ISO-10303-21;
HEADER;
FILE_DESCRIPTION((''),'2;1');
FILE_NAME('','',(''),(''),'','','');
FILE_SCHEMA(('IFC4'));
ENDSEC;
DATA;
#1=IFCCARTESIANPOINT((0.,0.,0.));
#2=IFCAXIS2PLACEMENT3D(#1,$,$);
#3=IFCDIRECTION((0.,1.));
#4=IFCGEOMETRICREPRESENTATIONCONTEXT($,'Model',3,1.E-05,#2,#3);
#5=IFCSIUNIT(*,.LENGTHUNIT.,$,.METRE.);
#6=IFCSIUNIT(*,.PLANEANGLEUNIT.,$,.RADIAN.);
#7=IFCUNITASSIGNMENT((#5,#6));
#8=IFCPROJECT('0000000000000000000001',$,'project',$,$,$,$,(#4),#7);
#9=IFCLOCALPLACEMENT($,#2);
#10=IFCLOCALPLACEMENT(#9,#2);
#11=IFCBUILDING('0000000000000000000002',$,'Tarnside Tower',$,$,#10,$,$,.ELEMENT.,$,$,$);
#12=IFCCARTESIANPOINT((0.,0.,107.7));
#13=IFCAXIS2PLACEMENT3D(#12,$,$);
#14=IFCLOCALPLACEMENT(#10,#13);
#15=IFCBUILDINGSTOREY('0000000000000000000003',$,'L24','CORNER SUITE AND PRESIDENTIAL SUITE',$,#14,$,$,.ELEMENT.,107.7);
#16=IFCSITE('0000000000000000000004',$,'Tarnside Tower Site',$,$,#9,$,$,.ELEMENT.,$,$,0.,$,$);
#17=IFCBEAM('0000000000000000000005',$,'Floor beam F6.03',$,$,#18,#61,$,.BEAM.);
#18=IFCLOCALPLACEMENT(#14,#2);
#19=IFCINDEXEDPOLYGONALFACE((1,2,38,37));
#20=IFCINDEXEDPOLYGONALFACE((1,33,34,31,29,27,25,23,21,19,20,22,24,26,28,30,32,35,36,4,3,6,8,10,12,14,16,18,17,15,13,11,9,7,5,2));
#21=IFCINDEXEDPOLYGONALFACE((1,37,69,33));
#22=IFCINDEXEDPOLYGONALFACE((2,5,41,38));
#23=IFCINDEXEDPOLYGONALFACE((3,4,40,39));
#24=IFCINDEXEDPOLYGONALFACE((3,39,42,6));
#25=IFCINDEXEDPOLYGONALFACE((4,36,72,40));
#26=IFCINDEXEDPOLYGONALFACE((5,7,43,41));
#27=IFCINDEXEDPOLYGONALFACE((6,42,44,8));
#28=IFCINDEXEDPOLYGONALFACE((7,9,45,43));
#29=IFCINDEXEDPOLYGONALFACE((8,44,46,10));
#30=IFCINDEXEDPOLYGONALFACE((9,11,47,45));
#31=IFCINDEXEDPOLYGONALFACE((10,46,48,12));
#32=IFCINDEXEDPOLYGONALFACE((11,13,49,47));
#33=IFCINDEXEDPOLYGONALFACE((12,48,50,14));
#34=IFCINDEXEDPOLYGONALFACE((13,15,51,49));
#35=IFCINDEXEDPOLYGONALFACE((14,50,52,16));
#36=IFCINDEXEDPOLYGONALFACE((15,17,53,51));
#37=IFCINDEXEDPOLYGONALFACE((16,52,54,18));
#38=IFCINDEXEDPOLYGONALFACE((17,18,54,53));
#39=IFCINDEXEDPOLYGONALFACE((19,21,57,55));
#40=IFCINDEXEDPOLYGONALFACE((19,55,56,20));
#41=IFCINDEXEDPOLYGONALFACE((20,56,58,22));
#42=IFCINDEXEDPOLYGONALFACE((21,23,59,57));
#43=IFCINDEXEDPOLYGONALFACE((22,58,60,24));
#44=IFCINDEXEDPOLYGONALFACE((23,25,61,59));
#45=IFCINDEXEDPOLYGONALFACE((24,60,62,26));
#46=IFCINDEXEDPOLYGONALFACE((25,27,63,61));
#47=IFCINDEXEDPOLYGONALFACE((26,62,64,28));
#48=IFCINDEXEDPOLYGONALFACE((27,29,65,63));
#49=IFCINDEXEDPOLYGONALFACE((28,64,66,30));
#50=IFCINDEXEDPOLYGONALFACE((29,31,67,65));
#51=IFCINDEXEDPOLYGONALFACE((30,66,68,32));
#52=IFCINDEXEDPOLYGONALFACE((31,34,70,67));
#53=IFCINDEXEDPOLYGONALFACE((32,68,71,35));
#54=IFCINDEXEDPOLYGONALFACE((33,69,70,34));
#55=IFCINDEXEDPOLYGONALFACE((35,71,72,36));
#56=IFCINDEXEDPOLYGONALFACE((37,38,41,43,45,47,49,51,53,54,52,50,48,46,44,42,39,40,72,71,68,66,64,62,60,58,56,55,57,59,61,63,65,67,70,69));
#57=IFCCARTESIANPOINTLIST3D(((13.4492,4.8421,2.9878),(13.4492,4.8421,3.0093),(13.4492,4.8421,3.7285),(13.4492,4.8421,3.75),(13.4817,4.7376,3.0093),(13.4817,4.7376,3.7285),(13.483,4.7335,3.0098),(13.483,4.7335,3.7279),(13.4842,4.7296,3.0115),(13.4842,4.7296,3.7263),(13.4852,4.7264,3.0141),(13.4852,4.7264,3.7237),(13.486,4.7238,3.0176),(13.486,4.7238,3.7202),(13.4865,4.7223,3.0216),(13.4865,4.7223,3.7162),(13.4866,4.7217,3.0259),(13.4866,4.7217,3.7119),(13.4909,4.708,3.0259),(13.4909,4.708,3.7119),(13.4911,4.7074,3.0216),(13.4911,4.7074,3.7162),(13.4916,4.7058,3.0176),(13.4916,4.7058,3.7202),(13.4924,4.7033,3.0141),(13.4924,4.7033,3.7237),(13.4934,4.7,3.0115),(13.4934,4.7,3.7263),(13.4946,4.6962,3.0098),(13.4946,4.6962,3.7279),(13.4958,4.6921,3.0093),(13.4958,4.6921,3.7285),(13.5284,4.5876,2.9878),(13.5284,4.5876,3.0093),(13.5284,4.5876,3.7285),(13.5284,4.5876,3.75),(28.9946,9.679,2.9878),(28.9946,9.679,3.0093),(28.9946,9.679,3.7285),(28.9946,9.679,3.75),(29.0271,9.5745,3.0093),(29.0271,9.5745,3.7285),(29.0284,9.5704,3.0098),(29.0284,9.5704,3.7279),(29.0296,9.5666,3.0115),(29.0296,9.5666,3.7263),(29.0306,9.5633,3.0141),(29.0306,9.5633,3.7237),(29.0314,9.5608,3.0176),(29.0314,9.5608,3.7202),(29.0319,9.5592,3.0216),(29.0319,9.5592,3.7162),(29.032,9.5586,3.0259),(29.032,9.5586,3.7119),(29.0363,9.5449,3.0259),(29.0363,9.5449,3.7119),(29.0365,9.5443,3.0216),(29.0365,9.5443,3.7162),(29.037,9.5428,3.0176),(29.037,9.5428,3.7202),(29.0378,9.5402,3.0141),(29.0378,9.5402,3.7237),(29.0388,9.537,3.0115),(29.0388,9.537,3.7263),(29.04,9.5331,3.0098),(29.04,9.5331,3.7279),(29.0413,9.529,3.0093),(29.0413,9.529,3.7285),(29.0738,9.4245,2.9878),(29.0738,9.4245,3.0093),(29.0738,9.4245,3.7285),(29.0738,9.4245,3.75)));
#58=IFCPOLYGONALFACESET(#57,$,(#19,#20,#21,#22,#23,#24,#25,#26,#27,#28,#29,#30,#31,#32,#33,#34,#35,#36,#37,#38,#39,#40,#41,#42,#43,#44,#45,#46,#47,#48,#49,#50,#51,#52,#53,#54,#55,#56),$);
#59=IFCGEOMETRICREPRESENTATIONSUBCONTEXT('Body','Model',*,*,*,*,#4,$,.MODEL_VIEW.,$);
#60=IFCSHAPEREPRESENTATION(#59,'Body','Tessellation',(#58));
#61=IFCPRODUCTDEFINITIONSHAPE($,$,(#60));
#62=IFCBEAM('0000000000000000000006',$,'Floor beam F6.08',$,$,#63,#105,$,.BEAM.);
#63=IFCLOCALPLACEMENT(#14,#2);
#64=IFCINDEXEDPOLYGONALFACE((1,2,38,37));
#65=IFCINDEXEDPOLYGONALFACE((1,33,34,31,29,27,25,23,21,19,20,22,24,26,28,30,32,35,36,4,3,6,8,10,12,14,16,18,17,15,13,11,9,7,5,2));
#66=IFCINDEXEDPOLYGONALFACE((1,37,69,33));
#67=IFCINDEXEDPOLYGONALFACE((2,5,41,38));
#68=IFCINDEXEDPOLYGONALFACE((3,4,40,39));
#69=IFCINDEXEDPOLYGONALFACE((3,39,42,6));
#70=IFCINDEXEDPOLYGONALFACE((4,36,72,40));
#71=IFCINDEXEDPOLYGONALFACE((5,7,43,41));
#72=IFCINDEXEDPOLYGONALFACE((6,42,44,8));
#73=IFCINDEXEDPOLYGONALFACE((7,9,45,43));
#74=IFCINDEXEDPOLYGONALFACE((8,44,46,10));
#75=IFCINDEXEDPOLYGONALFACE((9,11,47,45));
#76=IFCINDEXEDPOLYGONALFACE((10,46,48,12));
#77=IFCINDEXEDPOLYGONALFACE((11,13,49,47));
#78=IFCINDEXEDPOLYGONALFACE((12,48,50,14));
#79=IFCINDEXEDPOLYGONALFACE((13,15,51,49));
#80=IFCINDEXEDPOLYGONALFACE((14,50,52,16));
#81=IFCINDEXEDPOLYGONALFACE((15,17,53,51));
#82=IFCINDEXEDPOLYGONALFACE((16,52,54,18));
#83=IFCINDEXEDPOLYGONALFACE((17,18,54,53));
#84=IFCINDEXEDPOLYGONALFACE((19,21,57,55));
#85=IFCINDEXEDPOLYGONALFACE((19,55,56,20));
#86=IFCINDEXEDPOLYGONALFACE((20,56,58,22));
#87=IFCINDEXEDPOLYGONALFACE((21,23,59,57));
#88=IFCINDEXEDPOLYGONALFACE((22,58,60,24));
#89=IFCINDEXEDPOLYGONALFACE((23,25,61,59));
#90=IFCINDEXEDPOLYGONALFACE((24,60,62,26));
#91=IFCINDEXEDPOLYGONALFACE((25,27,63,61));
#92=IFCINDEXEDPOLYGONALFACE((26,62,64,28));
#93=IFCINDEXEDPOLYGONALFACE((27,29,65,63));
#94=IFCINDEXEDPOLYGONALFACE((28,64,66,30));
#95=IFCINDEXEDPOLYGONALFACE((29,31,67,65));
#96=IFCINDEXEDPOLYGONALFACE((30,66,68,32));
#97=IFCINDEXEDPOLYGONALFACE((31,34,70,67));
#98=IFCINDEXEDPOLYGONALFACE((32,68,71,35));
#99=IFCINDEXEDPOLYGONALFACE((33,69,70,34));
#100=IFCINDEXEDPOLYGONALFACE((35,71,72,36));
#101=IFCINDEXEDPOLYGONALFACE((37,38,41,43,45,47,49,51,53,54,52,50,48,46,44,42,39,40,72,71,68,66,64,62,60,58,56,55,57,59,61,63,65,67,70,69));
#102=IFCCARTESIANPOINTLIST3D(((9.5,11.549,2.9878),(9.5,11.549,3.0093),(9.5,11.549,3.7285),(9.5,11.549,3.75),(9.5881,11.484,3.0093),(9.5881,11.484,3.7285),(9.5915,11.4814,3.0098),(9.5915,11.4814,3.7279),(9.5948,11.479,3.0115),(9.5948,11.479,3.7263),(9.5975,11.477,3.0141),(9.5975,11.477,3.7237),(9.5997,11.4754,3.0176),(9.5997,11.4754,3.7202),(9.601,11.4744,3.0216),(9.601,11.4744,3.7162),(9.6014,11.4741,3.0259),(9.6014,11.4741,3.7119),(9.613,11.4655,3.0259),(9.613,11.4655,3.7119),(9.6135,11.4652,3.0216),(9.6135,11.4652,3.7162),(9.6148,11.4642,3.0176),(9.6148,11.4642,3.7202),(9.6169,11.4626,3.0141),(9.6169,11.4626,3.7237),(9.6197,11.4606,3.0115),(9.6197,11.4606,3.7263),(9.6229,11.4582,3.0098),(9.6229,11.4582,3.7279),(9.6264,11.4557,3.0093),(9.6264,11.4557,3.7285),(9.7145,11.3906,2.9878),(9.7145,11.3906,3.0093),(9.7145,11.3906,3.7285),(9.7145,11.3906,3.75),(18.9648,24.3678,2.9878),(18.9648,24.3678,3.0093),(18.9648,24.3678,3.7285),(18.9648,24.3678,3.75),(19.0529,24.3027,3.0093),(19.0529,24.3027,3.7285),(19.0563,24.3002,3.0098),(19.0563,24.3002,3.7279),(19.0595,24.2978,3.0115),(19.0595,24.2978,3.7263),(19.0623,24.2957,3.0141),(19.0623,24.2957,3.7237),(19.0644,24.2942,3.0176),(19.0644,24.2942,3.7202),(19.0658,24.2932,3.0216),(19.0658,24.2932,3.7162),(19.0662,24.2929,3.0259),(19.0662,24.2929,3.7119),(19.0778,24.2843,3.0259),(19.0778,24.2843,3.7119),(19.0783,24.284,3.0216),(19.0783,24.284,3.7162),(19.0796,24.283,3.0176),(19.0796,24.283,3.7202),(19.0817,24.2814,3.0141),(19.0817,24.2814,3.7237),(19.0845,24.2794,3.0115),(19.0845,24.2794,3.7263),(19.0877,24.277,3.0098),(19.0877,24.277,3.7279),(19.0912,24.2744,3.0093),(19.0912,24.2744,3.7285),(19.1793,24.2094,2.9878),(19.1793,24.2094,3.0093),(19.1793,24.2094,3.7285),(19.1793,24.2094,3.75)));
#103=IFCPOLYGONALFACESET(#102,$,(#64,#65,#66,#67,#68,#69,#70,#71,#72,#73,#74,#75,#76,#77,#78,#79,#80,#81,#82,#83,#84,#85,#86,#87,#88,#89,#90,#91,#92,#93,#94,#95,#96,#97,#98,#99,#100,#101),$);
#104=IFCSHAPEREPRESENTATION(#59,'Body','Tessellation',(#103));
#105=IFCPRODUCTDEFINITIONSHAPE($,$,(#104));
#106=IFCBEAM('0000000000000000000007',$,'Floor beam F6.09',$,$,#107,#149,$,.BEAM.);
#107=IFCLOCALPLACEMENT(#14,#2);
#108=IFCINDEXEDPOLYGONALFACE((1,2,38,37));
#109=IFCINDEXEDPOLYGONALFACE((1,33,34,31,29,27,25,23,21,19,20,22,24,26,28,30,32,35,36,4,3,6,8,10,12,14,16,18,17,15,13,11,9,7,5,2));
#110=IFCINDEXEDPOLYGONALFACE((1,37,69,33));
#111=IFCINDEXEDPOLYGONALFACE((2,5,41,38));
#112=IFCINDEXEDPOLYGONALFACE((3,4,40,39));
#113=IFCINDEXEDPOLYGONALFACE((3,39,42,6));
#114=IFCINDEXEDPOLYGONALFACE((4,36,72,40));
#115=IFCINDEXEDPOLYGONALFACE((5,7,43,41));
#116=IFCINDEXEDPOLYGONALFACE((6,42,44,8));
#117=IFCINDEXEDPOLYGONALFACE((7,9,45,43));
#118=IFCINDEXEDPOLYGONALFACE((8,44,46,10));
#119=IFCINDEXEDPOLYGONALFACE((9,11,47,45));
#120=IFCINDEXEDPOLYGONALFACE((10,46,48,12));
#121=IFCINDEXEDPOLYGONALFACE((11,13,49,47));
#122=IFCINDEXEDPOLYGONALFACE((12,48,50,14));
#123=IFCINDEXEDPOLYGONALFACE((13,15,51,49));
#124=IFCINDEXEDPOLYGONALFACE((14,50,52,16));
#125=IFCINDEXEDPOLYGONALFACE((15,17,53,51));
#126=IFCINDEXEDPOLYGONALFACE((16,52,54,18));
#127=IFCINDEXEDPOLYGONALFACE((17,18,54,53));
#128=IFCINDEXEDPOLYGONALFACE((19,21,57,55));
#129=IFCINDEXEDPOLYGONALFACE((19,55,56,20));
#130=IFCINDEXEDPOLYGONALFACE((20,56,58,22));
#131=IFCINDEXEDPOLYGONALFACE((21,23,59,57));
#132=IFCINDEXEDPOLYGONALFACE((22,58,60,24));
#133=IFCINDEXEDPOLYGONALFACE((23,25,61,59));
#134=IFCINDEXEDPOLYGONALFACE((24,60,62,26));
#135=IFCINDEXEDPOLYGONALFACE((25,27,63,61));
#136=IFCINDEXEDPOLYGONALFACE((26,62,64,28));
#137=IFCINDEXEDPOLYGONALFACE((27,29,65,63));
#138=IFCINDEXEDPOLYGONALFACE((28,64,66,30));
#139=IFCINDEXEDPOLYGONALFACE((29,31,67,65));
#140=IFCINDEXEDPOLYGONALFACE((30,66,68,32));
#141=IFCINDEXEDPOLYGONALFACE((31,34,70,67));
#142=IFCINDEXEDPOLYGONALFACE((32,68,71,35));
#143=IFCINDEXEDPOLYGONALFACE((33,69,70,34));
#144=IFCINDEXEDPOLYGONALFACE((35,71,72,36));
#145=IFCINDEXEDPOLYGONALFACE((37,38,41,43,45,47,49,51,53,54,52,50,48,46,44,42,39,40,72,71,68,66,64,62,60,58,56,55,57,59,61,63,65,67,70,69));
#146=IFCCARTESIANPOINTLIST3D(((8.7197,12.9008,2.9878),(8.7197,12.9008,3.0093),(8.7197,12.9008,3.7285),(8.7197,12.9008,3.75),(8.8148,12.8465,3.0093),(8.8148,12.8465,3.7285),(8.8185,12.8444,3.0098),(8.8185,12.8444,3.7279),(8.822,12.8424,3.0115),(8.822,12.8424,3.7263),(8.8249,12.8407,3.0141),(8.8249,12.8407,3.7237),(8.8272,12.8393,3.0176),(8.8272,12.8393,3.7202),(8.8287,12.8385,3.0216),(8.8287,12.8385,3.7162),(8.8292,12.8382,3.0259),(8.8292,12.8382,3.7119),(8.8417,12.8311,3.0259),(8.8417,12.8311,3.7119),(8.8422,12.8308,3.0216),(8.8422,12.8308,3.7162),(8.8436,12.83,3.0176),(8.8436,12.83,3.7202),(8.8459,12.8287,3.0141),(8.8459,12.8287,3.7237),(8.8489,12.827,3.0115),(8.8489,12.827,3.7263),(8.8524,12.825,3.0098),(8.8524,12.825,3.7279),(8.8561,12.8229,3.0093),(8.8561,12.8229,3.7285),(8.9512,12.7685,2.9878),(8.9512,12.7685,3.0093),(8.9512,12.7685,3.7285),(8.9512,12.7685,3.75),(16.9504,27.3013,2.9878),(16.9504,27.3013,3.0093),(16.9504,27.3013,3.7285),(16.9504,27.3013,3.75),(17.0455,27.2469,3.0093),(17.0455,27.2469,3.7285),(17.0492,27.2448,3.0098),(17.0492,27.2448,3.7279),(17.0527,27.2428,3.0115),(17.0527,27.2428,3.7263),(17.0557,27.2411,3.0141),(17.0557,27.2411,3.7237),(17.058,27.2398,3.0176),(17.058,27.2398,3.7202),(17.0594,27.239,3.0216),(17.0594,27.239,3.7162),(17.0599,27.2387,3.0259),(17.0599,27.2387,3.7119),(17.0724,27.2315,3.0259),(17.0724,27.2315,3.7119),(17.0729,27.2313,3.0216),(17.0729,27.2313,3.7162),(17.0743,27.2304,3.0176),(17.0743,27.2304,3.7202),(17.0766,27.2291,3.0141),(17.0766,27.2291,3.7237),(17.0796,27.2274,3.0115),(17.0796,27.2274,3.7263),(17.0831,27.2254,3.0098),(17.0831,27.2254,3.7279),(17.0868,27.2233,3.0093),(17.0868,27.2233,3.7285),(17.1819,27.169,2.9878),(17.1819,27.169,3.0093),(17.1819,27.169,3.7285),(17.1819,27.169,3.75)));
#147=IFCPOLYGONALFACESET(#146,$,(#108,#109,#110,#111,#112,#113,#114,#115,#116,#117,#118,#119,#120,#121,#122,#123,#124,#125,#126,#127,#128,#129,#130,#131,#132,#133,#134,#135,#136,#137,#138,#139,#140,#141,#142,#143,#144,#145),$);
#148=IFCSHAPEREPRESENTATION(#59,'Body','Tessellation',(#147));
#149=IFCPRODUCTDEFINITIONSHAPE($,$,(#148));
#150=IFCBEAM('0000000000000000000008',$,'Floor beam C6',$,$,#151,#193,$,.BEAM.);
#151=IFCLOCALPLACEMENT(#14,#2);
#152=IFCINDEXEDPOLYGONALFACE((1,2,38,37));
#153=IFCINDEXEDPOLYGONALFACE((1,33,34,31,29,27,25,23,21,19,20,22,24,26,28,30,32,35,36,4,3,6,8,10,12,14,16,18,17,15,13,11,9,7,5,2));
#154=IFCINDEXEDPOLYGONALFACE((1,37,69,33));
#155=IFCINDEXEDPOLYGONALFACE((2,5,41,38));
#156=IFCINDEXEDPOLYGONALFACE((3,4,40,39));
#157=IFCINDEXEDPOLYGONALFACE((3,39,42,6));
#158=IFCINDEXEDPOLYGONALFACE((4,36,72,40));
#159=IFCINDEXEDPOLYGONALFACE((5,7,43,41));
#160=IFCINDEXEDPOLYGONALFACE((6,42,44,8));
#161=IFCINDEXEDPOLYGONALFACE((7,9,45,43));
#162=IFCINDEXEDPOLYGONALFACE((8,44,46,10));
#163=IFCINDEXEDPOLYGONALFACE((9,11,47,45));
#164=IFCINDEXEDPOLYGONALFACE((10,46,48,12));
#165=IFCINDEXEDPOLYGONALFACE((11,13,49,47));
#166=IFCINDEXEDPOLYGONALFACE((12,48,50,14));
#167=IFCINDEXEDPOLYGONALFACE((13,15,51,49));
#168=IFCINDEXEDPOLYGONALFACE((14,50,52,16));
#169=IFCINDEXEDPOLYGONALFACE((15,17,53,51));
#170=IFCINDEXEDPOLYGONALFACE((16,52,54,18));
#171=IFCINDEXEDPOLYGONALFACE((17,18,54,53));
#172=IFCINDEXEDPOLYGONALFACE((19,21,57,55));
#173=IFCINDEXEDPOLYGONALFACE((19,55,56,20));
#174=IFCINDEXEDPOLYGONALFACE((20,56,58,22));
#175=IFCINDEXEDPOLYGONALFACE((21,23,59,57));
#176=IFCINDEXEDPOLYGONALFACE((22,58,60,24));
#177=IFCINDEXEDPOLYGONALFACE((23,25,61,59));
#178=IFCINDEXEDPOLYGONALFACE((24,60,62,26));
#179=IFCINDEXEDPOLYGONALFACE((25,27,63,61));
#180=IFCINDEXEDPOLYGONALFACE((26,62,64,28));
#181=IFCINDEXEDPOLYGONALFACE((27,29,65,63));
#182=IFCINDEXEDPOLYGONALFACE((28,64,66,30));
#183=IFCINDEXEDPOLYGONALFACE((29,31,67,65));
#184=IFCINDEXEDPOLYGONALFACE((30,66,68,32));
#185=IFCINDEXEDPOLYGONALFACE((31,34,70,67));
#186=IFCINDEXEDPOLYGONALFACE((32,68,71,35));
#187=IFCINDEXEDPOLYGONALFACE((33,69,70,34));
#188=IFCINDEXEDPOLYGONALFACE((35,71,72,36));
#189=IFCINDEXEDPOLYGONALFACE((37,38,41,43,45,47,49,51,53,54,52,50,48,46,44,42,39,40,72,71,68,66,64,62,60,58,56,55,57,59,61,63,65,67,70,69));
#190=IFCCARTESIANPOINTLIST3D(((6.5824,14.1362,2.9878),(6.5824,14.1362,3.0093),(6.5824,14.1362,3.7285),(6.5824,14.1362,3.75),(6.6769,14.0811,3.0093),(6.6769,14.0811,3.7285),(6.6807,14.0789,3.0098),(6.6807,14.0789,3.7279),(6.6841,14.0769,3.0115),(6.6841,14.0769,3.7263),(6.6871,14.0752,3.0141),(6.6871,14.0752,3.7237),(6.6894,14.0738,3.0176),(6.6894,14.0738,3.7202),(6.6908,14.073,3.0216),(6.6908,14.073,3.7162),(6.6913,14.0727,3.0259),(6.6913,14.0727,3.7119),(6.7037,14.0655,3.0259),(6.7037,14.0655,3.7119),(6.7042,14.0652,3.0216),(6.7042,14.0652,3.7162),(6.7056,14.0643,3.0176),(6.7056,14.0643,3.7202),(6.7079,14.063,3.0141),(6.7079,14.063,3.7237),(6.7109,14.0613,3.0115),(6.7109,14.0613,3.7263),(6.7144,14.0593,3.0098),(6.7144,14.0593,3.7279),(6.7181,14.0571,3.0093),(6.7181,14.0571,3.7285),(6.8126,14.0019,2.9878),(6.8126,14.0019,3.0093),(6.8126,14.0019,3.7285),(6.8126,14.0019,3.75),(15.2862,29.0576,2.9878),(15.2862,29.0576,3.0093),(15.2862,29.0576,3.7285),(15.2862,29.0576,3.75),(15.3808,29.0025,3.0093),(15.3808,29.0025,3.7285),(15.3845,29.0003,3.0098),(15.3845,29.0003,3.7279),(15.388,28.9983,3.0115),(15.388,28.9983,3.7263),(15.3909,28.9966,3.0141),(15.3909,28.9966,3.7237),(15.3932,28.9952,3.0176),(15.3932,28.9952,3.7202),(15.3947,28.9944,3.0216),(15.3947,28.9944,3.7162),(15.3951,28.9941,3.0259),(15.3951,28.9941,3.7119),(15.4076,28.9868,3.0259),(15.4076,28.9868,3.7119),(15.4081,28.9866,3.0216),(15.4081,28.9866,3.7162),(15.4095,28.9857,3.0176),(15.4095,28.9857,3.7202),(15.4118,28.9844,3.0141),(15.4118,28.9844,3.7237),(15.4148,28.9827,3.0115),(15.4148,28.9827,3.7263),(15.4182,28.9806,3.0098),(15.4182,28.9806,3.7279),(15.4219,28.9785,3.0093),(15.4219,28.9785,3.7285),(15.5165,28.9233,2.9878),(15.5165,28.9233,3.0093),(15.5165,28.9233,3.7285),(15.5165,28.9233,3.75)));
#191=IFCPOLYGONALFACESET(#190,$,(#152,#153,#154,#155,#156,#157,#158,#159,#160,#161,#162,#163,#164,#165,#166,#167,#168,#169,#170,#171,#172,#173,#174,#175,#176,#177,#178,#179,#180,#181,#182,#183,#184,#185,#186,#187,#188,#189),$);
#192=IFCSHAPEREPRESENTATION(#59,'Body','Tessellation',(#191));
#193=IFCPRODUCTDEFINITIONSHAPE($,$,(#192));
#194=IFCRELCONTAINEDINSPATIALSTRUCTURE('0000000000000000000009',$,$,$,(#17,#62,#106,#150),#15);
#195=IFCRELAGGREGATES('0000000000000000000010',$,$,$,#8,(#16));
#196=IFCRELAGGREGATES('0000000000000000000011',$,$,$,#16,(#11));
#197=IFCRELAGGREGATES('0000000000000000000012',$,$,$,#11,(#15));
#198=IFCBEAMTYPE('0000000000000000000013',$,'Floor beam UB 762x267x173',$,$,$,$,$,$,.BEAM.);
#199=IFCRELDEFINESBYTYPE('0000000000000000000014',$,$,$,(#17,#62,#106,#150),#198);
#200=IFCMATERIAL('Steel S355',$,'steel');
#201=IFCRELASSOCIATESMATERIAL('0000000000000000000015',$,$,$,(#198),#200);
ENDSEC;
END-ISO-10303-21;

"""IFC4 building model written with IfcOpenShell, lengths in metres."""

from ifc_helpers import new_model, si_unit, direction, frame, origin, origin_2d, place, context, subcontext, project, spatial, i_section, extrude, material, material_profile, profile_set, type_object, element, save


model = new_model("IFC4")

# Units and contexts
model_context = context("Model", 3, precision=1e-05, world=origin(), true_north=direction((0.0, 1.0)))
body_context = subcontext(model_context, "Body", "Model", "MODEL_VIEW")
ifc_project = project(units=[si_unit("LENGTHUNIT", "METRE"), si_unit("PLANEANGLEUNIT", "RADIAN")], contexts=[model_context])

# Site, building, storey
site_placement = place(None, origin())
site = spatial("IfcSite", under=ifc_project, at=site_placement, Name="Tarnside Tower Site", CompositionType="ELEMENT", RefElevation=0.0)
building_placement = place(site_placement, origin())
building = spatial("IfcBuilding", under=site, at=building_placement, Name="Tarnside Tower", CompositionType="ELEMENT")
storey_placement = place(building_placement, frame((0.0, 0.0, 107.7)))
storey = spatial("IfcBuildingStorey", under=building, at=storey_placement, Name="L24", Description="CORNER SUITE AND PRESIDENTIAL SUITE", CompositionType="ELEMENT", Elevation=107.7)

# Beams
ifc_material_1 = material(Name="Steel S355", Category="steel")
ifc_material_profile_1 = material_profile(ifc_material_1, i_section(OverallWidth=0.2666, OverallDepth=0.7622, WebThickness=0.0144, FlangeThickness=0.0215, FilletRadius=0.0166, at=origin_2d()), Name="UB 762x267x173")
ifc_profile_set_1 = profile_set([ifc_material_profile_1], Name="Steel S355")
beam_type_1 = type_object("IfcBeamType", Name="Floor beam UB 762x267x173", PredefinedType="BEAM", material=ifc_profile_set_1)
beam_1_placement = place(storey_placement, frame((29.0342, 9.5518, 3.3689), z_axis=(-0.954847, -0.297098, 0.0), x_axis=(0.297098, -0.954847, 0.0)))
element("IfcBeam", 1, at=beam_1_placement, inside=storey, type_object=beam_type_1, Name="Floor beam F6.03", PredefinedType="BEAM", context=body_context, shape_type="SweptSolid", body=[
    extrude(i_section(OverallWidth=0.2666, OverallDepth=0.7622, WebThickness=0.0144, FlangeThickness=0.0215, FilletRadius=0.0166, at=origin_2d()), origin(), (0.0, 0.0, 1.0), 16.2805),
])
beam_2_placement = place(storey_placement, frame((19.072, 24.2886, 3.3689), z_axis=(-0.593987, -0.804475, 0.0), x_axis=(0.804475, -0.593987, 0.0)))
element("IfcBeam", 2, at=beam_2_placement, inside=storey, type_object=beam_type_1, Name="Floor beam F6.08", PredefinedType="BEAM", context=body_context, shape_type="SweptSolid", body=[
    extrude(i_section(OverallWidth=0.2666, OverallDepth=0.7622, WebThickness=0.0144, FlangeThickness=0.0215, FilletRadius=0.0166, at=origin_2d()), origin(), (0.0, 0.0, 1.0), 15.9343),
])
beam_3_placement = place(storey_placement, frame((17.0662, 27.2351, 3.3689), z_axis=(-0.496226, -0.868193, 0.0), x_axis=(0.868193, -0.496226, 0.0)))
element("IfcBeam", 3, at=beam_3_placement, inside=storey, type_object=beam_type_1, Name="Floor beam F6.09", PredefinedType="BEAM", context=body_context, shape_type="SweptSolid", body=[
    extrude(i_section(OverallWidth=0.2666, OverallDepth=0.7622, WebThickness=0.0144, FlangeThickness=0.0215, FilletRadius=0.0166, at=origin_2d()), origin(), (0.0, 0.0, 1.0), 16.5867),
])
beam_4_placement = place(storey_placement, frame((15.4014, 28.9905, 3.3689), z_axis=(-0.503859, -0.863786, 0.0), x_axis=(0.863786, -0.503859, 0.0)))
element("IfcBeam", 4, at=beam_4_placement, inside=storey, type_object=beam_type_1, Name="Floor beam C6", PredefinedType="BEAM", context=body_context, shape_type="SweptSolid", body=[
    extrude(i_section(OverallWidth=0.2666, OverallDepth=0.7622, WebThickness=0.0144, FlangeThickness=0.0215, FilletRadius=0.0166, at=origin_2d()), origin(), (0.0, 0.0, 1.0), 17.2744),
])

save(model, "model.ifc")
